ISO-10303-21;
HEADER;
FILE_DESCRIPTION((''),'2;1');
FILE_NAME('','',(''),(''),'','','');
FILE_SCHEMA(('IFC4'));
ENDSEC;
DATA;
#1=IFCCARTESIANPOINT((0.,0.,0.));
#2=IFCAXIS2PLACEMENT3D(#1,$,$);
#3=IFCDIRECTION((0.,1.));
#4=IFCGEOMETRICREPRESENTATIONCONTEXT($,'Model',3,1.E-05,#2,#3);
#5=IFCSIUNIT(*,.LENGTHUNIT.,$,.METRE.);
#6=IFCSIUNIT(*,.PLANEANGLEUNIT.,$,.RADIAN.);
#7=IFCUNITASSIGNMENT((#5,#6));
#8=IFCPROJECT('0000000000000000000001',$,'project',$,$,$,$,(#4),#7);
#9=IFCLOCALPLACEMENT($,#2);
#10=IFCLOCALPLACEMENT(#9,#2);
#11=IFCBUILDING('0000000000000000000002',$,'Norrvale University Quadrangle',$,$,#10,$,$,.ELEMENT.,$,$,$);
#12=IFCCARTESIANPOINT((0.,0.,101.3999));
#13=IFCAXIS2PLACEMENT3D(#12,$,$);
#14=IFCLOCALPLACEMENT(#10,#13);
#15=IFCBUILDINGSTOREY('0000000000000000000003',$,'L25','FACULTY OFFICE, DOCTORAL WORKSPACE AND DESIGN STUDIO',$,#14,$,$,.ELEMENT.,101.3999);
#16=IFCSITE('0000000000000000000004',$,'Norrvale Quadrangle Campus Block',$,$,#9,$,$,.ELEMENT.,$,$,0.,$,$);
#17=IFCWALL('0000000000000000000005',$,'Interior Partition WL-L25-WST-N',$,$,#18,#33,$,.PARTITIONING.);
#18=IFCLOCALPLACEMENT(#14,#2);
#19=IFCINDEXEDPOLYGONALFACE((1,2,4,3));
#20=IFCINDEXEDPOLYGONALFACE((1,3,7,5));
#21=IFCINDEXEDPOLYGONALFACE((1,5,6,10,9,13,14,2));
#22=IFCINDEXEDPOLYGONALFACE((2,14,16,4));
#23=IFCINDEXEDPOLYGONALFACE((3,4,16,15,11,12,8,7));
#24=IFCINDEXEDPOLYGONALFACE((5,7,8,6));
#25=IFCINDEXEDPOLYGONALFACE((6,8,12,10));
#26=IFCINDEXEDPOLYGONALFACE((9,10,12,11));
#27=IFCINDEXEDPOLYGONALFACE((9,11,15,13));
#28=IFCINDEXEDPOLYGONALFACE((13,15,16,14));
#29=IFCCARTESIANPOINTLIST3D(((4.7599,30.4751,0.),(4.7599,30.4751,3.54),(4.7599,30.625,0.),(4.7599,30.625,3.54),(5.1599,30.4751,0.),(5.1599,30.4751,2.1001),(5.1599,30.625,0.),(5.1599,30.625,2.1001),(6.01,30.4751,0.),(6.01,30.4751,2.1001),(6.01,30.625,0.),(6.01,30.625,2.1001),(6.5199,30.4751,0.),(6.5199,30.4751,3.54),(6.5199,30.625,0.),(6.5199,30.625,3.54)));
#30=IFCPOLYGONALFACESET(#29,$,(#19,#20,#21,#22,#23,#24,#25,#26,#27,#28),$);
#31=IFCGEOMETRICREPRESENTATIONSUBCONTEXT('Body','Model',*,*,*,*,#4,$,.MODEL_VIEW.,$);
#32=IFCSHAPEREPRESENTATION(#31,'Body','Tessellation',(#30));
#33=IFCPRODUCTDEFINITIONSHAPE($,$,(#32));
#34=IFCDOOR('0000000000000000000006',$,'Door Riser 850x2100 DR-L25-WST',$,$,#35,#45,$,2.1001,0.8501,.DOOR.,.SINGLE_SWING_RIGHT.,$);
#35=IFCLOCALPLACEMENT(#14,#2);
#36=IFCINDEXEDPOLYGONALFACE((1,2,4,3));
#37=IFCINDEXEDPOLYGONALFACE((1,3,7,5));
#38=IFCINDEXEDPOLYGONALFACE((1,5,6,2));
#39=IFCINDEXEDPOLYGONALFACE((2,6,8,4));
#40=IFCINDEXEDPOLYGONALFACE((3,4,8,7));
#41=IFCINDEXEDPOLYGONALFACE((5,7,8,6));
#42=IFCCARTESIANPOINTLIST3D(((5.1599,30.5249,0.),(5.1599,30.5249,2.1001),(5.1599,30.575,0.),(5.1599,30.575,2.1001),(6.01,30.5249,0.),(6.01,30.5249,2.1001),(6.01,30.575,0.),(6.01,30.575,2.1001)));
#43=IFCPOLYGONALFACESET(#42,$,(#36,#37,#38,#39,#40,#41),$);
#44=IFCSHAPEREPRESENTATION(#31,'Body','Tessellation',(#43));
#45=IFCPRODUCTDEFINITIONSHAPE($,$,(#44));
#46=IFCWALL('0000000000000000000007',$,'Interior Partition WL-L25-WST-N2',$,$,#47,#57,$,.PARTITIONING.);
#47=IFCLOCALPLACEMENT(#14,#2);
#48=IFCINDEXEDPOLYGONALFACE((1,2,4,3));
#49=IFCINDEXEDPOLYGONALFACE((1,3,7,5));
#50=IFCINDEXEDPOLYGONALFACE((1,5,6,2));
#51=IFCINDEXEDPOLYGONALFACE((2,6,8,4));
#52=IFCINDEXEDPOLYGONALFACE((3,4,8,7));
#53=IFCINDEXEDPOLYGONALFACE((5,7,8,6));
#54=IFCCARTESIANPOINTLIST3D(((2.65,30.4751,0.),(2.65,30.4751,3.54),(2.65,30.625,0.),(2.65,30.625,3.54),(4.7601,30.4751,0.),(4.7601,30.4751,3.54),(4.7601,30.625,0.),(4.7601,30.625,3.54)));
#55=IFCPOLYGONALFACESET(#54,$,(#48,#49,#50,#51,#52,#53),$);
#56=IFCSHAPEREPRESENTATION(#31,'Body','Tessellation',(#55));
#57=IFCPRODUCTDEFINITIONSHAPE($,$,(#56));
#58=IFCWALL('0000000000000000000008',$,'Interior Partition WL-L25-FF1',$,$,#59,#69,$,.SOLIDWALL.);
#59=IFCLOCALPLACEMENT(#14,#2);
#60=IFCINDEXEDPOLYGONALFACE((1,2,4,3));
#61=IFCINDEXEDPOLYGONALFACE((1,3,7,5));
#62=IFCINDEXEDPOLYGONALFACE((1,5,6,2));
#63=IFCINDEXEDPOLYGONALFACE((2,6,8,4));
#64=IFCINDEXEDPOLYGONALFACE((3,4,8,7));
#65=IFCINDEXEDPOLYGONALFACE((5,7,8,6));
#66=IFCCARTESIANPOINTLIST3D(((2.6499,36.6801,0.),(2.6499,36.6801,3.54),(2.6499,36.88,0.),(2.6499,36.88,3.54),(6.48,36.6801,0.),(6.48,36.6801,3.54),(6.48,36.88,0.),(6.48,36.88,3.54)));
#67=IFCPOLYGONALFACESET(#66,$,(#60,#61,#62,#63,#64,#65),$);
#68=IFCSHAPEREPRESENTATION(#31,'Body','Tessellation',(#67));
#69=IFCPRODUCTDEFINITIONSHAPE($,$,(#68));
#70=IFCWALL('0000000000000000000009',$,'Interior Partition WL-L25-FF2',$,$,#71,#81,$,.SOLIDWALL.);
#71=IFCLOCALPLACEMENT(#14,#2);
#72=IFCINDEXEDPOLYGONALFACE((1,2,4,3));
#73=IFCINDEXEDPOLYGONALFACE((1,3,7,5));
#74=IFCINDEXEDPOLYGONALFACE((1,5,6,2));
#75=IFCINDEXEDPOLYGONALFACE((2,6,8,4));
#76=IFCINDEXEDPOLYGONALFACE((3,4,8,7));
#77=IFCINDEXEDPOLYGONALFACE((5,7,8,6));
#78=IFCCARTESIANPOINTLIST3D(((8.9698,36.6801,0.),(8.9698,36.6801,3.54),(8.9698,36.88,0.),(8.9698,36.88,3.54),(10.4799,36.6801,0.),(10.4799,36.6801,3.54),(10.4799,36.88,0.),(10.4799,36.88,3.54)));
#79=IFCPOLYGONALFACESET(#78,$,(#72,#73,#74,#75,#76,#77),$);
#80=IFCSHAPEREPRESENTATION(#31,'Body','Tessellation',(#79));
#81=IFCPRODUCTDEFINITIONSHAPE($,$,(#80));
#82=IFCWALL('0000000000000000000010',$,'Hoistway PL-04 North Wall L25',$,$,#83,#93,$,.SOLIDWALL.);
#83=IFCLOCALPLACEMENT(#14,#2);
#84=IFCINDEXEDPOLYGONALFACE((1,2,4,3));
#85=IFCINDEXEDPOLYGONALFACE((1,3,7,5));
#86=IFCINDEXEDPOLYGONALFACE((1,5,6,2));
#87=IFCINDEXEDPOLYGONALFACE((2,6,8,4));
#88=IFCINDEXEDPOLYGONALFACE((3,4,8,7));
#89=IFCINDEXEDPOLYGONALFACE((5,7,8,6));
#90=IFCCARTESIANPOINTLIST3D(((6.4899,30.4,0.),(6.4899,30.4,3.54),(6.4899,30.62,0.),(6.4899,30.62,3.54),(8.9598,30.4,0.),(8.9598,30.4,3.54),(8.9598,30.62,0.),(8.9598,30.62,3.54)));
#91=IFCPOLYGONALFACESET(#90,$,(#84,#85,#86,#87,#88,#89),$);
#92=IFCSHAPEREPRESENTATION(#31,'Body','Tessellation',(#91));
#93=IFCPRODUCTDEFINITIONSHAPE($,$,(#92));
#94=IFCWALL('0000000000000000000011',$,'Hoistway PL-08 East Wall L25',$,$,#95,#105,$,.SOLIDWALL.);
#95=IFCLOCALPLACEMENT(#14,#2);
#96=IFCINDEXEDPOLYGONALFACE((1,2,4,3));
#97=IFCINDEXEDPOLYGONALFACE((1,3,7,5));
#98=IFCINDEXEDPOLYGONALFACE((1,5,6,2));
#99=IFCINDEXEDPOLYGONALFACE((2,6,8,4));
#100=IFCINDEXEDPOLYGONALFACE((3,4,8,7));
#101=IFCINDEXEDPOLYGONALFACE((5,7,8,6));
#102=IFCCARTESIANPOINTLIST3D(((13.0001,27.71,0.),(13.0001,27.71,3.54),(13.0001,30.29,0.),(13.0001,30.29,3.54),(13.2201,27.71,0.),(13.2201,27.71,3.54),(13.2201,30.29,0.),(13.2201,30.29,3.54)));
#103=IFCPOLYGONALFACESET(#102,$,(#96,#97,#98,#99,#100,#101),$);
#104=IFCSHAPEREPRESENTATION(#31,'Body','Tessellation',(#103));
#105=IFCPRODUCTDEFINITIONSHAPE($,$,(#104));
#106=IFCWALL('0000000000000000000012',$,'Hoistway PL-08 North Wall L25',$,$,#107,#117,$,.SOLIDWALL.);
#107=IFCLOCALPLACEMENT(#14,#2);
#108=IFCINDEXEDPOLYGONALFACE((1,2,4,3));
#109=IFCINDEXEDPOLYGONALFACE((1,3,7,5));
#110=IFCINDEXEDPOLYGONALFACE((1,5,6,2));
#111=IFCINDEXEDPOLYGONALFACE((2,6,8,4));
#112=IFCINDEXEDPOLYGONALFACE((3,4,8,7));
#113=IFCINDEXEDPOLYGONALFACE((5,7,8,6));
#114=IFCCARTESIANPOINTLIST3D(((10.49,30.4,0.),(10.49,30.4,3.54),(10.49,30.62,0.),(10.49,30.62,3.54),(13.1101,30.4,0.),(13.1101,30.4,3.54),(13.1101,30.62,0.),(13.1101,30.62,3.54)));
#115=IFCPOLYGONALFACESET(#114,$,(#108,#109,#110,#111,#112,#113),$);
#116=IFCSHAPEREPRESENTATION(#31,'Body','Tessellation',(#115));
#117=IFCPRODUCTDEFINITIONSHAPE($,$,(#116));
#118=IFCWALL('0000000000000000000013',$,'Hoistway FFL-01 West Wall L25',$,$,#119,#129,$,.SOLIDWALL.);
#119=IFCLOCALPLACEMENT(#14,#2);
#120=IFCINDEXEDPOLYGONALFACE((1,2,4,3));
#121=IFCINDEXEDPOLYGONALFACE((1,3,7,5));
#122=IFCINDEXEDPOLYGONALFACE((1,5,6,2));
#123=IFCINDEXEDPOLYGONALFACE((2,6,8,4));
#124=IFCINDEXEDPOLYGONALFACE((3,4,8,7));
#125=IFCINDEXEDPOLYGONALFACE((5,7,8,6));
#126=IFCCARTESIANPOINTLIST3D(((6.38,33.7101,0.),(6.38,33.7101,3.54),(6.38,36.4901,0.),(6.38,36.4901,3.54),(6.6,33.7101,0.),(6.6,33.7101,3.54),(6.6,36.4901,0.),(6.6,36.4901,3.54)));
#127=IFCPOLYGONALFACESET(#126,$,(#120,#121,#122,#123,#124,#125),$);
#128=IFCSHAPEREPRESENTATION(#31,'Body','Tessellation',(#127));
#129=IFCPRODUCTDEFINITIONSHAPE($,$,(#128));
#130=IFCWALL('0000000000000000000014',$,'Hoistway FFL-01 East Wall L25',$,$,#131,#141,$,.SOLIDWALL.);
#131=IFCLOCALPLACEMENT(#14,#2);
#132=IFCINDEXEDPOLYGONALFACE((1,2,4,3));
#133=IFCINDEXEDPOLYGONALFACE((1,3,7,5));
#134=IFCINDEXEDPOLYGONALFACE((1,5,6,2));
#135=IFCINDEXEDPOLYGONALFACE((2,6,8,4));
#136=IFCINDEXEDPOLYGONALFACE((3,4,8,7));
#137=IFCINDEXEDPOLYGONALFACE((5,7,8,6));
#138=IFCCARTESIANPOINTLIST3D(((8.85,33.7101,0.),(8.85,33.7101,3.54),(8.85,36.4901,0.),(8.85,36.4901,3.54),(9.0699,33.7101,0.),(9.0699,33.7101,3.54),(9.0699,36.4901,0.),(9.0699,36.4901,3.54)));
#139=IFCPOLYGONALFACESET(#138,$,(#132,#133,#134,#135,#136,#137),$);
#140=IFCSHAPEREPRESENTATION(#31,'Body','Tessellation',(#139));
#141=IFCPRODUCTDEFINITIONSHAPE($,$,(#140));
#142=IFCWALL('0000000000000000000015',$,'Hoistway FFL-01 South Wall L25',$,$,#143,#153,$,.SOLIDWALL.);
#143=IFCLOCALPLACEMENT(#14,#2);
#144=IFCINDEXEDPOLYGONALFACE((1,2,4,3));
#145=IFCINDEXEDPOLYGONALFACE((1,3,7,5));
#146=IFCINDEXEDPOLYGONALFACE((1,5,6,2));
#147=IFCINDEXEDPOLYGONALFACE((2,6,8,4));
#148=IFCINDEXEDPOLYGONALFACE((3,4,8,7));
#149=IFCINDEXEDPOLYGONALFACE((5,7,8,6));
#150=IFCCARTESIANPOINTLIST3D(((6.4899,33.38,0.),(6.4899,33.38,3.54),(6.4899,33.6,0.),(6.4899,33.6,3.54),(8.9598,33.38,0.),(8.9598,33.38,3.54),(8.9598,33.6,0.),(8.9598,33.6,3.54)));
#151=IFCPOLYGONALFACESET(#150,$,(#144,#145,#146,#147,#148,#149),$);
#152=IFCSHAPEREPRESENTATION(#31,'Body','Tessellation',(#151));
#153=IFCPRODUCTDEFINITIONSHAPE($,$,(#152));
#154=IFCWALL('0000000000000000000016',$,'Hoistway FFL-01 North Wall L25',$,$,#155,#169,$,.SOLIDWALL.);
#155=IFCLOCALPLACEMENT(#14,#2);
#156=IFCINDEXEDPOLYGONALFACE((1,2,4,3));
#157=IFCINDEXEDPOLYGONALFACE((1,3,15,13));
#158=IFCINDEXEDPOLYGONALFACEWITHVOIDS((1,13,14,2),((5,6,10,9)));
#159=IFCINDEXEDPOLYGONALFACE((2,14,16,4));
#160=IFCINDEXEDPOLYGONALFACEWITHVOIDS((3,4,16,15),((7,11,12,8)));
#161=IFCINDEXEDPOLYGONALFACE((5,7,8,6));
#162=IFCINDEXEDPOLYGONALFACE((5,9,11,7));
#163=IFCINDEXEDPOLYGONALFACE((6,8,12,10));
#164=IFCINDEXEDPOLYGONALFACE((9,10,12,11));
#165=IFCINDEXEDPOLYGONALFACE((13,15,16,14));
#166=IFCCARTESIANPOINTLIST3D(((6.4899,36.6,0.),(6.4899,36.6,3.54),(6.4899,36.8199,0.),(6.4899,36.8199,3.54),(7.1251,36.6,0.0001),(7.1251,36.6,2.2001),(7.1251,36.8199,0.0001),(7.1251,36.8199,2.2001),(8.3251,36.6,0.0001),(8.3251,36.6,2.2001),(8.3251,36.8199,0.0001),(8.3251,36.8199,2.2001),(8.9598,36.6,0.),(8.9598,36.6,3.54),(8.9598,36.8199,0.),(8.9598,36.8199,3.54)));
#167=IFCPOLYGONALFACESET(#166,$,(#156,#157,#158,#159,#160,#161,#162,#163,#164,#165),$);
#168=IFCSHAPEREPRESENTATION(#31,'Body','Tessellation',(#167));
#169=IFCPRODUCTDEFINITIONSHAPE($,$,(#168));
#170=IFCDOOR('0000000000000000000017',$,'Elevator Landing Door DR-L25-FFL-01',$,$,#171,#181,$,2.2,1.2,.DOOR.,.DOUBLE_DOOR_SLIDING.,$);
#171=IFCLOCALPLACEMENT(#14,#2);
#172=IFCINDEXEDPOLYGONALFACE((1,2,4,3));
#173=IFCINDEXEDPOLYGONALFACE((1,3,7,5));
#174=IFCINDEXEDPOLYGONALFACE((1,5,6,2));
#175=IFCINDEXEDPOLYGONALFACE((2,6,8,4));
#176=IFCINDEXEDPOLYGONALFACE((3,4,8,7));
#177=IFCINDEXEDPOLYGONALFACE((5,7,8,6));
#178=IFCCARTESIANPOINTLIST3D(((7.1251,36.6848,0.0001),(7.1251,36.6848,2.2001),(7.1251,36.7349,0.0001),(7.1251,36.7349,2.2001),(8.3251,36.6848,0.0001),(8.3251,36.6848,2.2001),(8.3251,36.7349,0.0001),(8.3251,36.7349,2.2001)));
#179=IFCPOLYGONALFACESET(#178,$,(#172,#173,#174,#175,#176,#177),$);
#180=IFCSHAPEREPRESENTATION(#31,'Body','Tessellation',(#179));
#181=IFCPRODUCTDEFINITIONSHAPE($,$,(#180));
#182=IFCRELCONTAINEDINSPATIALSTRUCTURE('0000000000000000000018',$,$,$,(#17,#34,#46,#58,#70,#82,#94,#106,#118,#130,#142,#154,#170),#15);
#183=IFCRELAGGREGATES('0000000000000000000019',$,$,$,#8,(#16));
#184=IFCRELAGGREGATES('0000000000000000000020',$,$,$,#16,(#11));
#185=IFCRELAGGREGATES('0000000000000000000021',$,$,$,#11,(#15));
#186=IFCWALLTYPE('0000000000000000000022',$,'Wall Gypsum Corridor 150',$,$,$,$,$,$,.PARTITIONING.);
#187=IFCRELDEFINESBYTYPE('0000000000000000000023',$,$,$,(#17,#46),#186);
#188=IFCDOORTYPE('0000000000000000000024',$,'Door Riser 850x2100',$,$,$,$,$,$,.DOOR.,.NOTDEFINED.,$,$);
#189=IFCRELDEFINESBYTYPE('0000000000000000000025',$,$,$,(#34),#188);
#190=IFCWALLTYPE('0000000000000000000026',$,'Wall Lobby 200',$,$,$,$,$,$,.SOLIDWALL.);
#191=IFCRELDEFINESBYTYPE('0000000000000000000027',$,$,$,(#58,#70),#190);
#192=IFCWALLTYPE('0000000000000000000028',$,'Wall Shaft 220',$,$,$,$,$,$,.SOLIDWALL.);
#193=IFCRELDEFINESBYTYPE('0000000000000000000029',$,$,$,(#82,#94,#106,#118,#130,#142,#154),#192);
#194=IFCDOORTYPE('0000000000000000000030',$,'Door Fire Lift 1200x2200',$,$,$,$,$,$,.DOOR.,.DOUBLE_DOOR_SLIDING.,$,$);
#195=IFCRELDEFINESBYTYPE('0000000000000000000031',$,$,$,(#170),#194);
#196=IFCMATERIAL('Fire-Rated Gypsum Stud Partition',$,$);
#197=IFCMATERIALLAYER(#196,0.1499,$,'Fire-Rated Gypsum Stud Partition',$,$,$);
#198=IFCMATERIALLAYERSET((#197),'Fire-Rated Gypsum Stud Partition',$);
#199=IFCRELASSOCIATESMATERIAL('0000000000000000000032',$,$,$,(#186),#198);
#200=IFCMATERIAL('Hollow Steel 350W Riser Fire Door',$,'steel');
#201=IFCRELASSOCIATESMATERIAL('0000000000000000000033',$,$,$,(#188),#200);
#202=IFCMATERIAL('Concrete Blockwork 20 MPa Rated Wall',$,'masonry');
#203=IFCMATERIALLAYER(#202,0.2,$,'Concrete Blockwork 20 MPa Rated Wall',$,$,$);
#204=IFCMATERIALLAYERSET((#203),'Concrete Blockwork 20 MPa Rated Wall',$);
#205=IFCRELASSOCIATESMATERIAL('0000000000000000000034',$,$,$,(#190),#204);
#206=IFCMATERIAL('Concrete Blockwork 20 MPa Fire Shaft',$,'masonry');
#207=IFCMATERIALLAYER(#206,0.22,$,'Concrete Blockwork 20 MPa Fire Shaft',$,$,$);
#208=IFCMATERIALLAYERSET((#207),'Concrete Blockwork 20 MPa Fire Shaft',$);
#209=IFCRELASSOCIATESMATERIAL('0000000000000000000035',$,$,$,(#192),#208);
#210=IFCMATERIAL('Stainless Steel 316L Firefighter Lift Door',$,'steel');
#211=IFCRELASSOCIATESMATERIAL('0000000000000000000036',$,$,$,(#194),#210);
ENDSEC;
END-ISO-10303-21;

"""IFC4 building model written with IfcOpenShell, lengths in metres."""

from ifc_helpers import new_model, si_unit, direction, frame, frame_2d, origin, place, context, subcontext, project, spatial, rectangle, extrude, material, layer, layer_set, type_object, element, fill, save


model = new_model("IFC4")

# Units and contexts
model_context = context("Model", 3, precision=1e-05, world=origin(), true_north=direction((0.0, 1.0)))
body_context = subcontext(model_context, "Body", "Model", "MODEL_VIEW")
ifc_project = project(units=[si_unit("LENGTHUNIT", "METRE"), si_unit("PLANEANGLEUNIT", "RADIAN")], contexts=[model_context])

# Site, building, storey
site_placement = place(None, origin())
site = spatial("IfcSite", under=ifc_project, at=site_placement, Name="Norrvale Quadrangle Campus Block", CompositionType="ELEMENT", RefElevation=0.0)
building_placement = place(site_placement, origin())
building = spatial("IfcBuilding", under=site, at=building_placement, Name="Norrvale University Quadrangle", CompositionType="ELEMENT")
storey_placement = place(building_placement, frame((0.0, 0.0, 101.3999)))
storey = spatial("IfcBuildingStorey", under=building, at=storey_placement, Name="L25", Description="FACULTY OFFICE, DOCTORAL WORKSPACE AND DESIGN STUDIO", CompositionType="ELEMENT", Elevation=101.3999)

# Shared definitions
ifc_material_1 = material(Name="Fire-Rated Gypsum Stud Partition")
ifc_layer_1 = layer(ifc_material_1, 0.1499, Name="Fire-Rated Gypsum Stud Partition")
ifc_layer_set_1 = layer_set([ifc_layer_1], Name="Fire-Rated Gypsum Stud Partition")
wall_type_1 = type_object("IfcWallType", Name="Wall Gypsum Corridor 150", PredefinedType="PARTITIONING", material=ifc_layer_set_1)

# Wall, opening, door
ifc_material_2 = material(Name="Hollow Steel 350W Riser Fire Door", Category="steel")
door_type_1 = type_object("IfcDoorType", Name="Door Riser 850x2100", OperationType="NOTDEFINED", PredefinedType="DOOR", material=ifc_material_2)
wall_1_placement = place(storey_placement, frame((4.76, 30.55, 0.0), z_axis=(0.0, 0.0, 1.0), x_axis=(1.0, 0.0, 0.0)))
wall_1 = element("IfcWall", 1, at=wall_1_placement, inside=storey, type_object=wall_type_1, Name="Interior Partition WL-L25-WST-N", PredefinedType="PARTITIONING", context=body_context, shape_type="SweptSolid", body=[
    extrude(rectangle(XDim=1.76, YDim=0.1499, at=frame_2d((0.8799, 0.0))), origin(), (0.0, 0.0, 1.0), 3.54),
])
opening_1_placement = place(wall_1_placement, frame((0.3999, 0.0, 0.0)))
opening_1 = element("IfcOpeningElement", 2, at=opening_1_placement, cuts=wall_1, PredefinedType="OPENING", context=body_context, shape_type="SweptSolid", body=[
    extrude(rectangle(XDim=0.8501, YDim=2.1001, at=frame_2d((0.425, 1.05))), frame((0.0, 0.0869, 0.0), z_axis=(0.0, -1.0, 0.0), x_axis=(1.0, 0.0, 0.0)), (0.0, 0.0, 1.0), 0.1738),
])
door_1_placement = place(opening_1_placement, origin())
door_1 = element("IfcDoor", 3, at=door_1_placement, inside=storey, type_object=door_type_1, Name="Door Riser 850x2100 DR-L25-WST", OperationType="SINGLE_SWING_RIGHT", OverallHeight=2.1001, OverallWidth=0.8501, PredefinedType="DOOR", context=body_context, shape_type="SweptSolid", body=[
    extrude(rectangle(XDim=0.8501, YDim=2.1001, at=frame_2d((0.425, 1.05))), frame((0.0, 0.0249, 0.0), z_axis=(0.0, -1.0, 0.0), x_axis=(1.0, 0.0, 0.0)), (0.0, 0.0, 1.0), 0.05),
])
fill(opening_1, door_1)

# Walls
wall_2_placement = place(storey_placement, frame((2.6499, 30.55, 0.0), z_axis=(0.0, 0.0, 1.0), x_axis=(1.0, 0.0, 0.0)))
element("IfcWall", 4, at=wall_2_placement, inside=storey, type_object=wall_type_1, Name="Interior Partition WL-L25-WST-N2", PredefinedType="PARTITIONING", context=body_context, shape_type="SweptSolid", body=[
    extrude(rectangle(XDim=2.1101, YDim=0.1499, at=frame_2d((1.0552, 0.0))), origin(), (0.0, 0.0, 1.0), 3.54),
])
ifc_material_3 = material(Name="Concrete Blockwork 20 MPa Rated Wall", Category="masonry")
ifc_layer_2 = layer(ifc_material_3, 0.2, Name="Concrete Blockwork 20 MPa Rated Wall")
ifc_layer_set_2 = layer_set([ifc_layer_2], Name="Concrete Blockwork 20 MPa Rated Wall")
wall_type_2 = type_object("IfcWallType", Name="Wall Lobby 200", PredefinedType="SOLIDWALL", material=ifc_layer_set_2)
wall_3_placement = place(storey_placement, frame((2.6499, 36.78, 0.0), z_axis=(0.0, 0.0, 1.0), x_axis=(1.0, 0.0, 0.0)))
element("IfcWall", 5, at=wall_3_placement, inside=storey, type_object=wall_type_2, Name="Interior Partition WL-L25-FF1", PredefinedType="SOLIDWALL", context=body_context, shape_type="SweptSolid", body=[
    extrude(rectangle(XDim=3.8301, YDim=0.2, at=frame_2d((1.915, 0.0))), origin(), (0.0, 0.0, 1.0), 3.54),
])
wall_4_placement = place(storey_placement, frame((8.97, 36.78, 0.0), z_axis=(0.0, 0.0, 1.0), x_axis=(1.0, 0.0, 0.0)))
element("IfcWall", 6, at=wall_4_placement, inside=storey, type_object=wall_type_2, Name="Interior Partition WL-L25-FF2", PredefinedType="SOLIDWALL", context=body_context, shape_type="SweptSolid", body=[
    extrude(rectangle(XDim=1.51, YDim=0.2, at=frame_2d((0.7549, 0.0))), origin(), (0.0, 0.0, 1.0), 3.54),
])
ifc_material_4 = material(Name="Concrete Blockwork 20 MPa Fire Shaft", Category="masonry")
ifc_layer_3 = layer(ifc_material_4, 0.22, Name="Concrete Blockwork 20 MPa Fire Shaft")
ifc_layer_set_3 = layer_set([ifc_layer_3], Name="Concrete Blockwork 20 MPa Fire Shaft")
wall_type_3 = type_object("IfcWallType", Name="Wall Shaft 220", PredefinedType="SOLIDWALL", material=ifc_layer_set_3)
wall_5_placement = place(storey_placement, frame((6.49, 30.51, 0.0), z_axis=(0.0, 0.0, 1.0), x_axis=(1.0, 0.0, 0.0)))
element("IfcWall", 7, at=wall_5_placement, inside=storey, type_object=wall_type_3, Name="Hoistway PL-04 North Wall L25", PredefinedType="SOLIDWALL", context=body_context, shape_type="SweptSolid", body=[
    extrude(rectangle(XDim=2.47, YDim=0.22, at=frame_2d((1.2349, 0.0))), origin(), (0.0, 0.0, 1.0), 3.54),
])
wall_6_placement = place(storey_placement, frame((13.1101, 27.71, 0.0), z_axis=(0.0, 0.0, 1.0), x_axis=(0.0, 1.0, 0.0)))
element("IfcWall", 8, at=wall_6_placement, inside=storey, type_object=wall_type_3, Name="Hoistway PL-08 East Wall L25", PredefinedType="SOLIDWALL", context=body_context, shape_type="SweptSolid", body=[
    extrude(rectangle(XDim=2.5801, YDim=0.22, at=frame_2d((1.29, 0.0))), origin(), (0.0, 0.0, 1.0), 3.54),
])
wall_7_placement = place(storey_placement, frame((10.49, 30.51, 0.0), z_axis=(0.0, 0.0, 1.0), x_axis=(1.0, 0.0, 0.0)))
element("IfcWall", 9, at=wall_7_placement, inside=storey, type_object=wall_type_3, Name="Hoistway PL-08 North Wall L25", PredefinedType="SOLIDWALL", context=body_context, shape_type="SweptSolid", body=[
    extrude(rectangle(XDim=2.6201, YDim=0.22, at=frame_2d((1.3101, 0.0))), origin(), (0.0, 0.0, 1.0), 3.54),
])
for number, where, z_axis, x_axis, name in (
    (10, (6.49, 33.71, 0.0), (0.0, 0.0, 1.0), (0.0, 1.0, 0.0), "Hoistway FFL-01 West Wall L25"),
    (11, (8.96, 33.71, 0.0), (0.0, 0.0, 1.0), (0.0, 1.0, 0.0), "Hoistway FFL-01 East Wall L25"),
):
    element("IfcWall", number, at=place(storey_placement, frame(where, z_axis=z_axis, x_axis=x_axis)), inside=storey, type_object=wall_type_3, Name=name, PredefinedType="SOLIDWALL", context=body_context, shape_type="SweptSolid", body=[
        extrude(rectangle(XDim=2.78, YDim=0.22, at=frame_2d((1.3901, 0.0))), origin(), (0.0, 0.0, 1.0), 3.54),
    ])
wall_8_placement = place(storey_placement, frame((6.49, 33.49, 0.0), z_axis=(0.0, 0.0, 1.0), x_axis=(1.0, 0.0, 0.0)))
element("IfcWall", 12, at=wall_8_placement, inside=storey, type_object=wall_type_3, Name="Hoistway FFL-01 South Wall L25", PredefinedType="SOLIDWALL", context=body_context, shape_type="SweptSolid", body=[
    extrude(rectangle(XDim=2.47, YDim=0.22, at=frame_2d((1.2349, 0.0))), origin(), (0.0, 0.0, 1.0), 3.54),
])

# Wall, opening, door
wall_9_placement = place(storey_placement, frame((6.49, 36.71, 0.0), z_axis=(0.0, 0.0, 1.0), x_axis=(1.0, 0.0, 0.0)))
wall_9 = element("IfcWall", 13, at=wall_9_placement, inside=storey, type_object=wall_type_3, Name="Hoistway FFL-01 North Wall L25", PredefinedType="SOLIDWALL", context=body_context, shape_type="SweptSolid", body=[
    extrude(rectangle(XDim=2.47, YDim=0.22, at=frame_2d((1.2349, 0.0))), origin(), (0.0, 0.0, 1.0), 3.54),
])
opening_2_placement = place(wall_9_placement, frame((0.635, 0.0, 0.0)))
opening_2 = element("IfcOpeningElement", 14, at=opening_2_placement, cuts=wall_9, PredefinedType="OPENING", context=body_context, shape_type="SweptSolid", body=[
    extrude(rectangle(XDim=1.2, YDim=2.2, at=frame_2d((0.6001, 1.1001))), frame((0.0, 0.1221, 0.0), z_axis=(0.0, -1.0, 0.0), x_axis=(1.0, 0.0, 0.0)), (0.0, 0.0, 1.0), 0.2439),
])
ifc_material_5 = material(Name="Stainless Steel 316L Firefighter Lift Door", Category="steel")
door_type_2 = type_object("IfcDoorType", Name="Door Fire Lift 1200x2200", OperationType="DOUBLE_DOOR_SLIDING", PredefinedType="DOOR", material=ifc_material_5)
door_2_placement = place(opening_2_placement, origin())
door_2 = element("IfcDoor", 15, at=door_2_placement, inside=storey, type_object=door_type_2, Name="Elevator Landing Door DR-L25-FFL-01", OperationType="DOUBLE_DOOR_SLIDING", OverallHeight=2.2, OverallWidth=1.2, PredefinedType="DOOR", context=body_context, shape_type="SweptSolid", body=[
    extrude(rectangle(XDim=1.2, YDim=2.2, at=frame_2d((0.6001, 1.1001))), frame((0.0, 0.0249, 0.0), z_axis=(0.0, -1.0, 0.0), x_axis=(1.0, 0.0, 0.0)), (0.0, 0.0, 1.0), 0.05),
])
fill(opening_2, door_2)

save(model, "model.ifc")
